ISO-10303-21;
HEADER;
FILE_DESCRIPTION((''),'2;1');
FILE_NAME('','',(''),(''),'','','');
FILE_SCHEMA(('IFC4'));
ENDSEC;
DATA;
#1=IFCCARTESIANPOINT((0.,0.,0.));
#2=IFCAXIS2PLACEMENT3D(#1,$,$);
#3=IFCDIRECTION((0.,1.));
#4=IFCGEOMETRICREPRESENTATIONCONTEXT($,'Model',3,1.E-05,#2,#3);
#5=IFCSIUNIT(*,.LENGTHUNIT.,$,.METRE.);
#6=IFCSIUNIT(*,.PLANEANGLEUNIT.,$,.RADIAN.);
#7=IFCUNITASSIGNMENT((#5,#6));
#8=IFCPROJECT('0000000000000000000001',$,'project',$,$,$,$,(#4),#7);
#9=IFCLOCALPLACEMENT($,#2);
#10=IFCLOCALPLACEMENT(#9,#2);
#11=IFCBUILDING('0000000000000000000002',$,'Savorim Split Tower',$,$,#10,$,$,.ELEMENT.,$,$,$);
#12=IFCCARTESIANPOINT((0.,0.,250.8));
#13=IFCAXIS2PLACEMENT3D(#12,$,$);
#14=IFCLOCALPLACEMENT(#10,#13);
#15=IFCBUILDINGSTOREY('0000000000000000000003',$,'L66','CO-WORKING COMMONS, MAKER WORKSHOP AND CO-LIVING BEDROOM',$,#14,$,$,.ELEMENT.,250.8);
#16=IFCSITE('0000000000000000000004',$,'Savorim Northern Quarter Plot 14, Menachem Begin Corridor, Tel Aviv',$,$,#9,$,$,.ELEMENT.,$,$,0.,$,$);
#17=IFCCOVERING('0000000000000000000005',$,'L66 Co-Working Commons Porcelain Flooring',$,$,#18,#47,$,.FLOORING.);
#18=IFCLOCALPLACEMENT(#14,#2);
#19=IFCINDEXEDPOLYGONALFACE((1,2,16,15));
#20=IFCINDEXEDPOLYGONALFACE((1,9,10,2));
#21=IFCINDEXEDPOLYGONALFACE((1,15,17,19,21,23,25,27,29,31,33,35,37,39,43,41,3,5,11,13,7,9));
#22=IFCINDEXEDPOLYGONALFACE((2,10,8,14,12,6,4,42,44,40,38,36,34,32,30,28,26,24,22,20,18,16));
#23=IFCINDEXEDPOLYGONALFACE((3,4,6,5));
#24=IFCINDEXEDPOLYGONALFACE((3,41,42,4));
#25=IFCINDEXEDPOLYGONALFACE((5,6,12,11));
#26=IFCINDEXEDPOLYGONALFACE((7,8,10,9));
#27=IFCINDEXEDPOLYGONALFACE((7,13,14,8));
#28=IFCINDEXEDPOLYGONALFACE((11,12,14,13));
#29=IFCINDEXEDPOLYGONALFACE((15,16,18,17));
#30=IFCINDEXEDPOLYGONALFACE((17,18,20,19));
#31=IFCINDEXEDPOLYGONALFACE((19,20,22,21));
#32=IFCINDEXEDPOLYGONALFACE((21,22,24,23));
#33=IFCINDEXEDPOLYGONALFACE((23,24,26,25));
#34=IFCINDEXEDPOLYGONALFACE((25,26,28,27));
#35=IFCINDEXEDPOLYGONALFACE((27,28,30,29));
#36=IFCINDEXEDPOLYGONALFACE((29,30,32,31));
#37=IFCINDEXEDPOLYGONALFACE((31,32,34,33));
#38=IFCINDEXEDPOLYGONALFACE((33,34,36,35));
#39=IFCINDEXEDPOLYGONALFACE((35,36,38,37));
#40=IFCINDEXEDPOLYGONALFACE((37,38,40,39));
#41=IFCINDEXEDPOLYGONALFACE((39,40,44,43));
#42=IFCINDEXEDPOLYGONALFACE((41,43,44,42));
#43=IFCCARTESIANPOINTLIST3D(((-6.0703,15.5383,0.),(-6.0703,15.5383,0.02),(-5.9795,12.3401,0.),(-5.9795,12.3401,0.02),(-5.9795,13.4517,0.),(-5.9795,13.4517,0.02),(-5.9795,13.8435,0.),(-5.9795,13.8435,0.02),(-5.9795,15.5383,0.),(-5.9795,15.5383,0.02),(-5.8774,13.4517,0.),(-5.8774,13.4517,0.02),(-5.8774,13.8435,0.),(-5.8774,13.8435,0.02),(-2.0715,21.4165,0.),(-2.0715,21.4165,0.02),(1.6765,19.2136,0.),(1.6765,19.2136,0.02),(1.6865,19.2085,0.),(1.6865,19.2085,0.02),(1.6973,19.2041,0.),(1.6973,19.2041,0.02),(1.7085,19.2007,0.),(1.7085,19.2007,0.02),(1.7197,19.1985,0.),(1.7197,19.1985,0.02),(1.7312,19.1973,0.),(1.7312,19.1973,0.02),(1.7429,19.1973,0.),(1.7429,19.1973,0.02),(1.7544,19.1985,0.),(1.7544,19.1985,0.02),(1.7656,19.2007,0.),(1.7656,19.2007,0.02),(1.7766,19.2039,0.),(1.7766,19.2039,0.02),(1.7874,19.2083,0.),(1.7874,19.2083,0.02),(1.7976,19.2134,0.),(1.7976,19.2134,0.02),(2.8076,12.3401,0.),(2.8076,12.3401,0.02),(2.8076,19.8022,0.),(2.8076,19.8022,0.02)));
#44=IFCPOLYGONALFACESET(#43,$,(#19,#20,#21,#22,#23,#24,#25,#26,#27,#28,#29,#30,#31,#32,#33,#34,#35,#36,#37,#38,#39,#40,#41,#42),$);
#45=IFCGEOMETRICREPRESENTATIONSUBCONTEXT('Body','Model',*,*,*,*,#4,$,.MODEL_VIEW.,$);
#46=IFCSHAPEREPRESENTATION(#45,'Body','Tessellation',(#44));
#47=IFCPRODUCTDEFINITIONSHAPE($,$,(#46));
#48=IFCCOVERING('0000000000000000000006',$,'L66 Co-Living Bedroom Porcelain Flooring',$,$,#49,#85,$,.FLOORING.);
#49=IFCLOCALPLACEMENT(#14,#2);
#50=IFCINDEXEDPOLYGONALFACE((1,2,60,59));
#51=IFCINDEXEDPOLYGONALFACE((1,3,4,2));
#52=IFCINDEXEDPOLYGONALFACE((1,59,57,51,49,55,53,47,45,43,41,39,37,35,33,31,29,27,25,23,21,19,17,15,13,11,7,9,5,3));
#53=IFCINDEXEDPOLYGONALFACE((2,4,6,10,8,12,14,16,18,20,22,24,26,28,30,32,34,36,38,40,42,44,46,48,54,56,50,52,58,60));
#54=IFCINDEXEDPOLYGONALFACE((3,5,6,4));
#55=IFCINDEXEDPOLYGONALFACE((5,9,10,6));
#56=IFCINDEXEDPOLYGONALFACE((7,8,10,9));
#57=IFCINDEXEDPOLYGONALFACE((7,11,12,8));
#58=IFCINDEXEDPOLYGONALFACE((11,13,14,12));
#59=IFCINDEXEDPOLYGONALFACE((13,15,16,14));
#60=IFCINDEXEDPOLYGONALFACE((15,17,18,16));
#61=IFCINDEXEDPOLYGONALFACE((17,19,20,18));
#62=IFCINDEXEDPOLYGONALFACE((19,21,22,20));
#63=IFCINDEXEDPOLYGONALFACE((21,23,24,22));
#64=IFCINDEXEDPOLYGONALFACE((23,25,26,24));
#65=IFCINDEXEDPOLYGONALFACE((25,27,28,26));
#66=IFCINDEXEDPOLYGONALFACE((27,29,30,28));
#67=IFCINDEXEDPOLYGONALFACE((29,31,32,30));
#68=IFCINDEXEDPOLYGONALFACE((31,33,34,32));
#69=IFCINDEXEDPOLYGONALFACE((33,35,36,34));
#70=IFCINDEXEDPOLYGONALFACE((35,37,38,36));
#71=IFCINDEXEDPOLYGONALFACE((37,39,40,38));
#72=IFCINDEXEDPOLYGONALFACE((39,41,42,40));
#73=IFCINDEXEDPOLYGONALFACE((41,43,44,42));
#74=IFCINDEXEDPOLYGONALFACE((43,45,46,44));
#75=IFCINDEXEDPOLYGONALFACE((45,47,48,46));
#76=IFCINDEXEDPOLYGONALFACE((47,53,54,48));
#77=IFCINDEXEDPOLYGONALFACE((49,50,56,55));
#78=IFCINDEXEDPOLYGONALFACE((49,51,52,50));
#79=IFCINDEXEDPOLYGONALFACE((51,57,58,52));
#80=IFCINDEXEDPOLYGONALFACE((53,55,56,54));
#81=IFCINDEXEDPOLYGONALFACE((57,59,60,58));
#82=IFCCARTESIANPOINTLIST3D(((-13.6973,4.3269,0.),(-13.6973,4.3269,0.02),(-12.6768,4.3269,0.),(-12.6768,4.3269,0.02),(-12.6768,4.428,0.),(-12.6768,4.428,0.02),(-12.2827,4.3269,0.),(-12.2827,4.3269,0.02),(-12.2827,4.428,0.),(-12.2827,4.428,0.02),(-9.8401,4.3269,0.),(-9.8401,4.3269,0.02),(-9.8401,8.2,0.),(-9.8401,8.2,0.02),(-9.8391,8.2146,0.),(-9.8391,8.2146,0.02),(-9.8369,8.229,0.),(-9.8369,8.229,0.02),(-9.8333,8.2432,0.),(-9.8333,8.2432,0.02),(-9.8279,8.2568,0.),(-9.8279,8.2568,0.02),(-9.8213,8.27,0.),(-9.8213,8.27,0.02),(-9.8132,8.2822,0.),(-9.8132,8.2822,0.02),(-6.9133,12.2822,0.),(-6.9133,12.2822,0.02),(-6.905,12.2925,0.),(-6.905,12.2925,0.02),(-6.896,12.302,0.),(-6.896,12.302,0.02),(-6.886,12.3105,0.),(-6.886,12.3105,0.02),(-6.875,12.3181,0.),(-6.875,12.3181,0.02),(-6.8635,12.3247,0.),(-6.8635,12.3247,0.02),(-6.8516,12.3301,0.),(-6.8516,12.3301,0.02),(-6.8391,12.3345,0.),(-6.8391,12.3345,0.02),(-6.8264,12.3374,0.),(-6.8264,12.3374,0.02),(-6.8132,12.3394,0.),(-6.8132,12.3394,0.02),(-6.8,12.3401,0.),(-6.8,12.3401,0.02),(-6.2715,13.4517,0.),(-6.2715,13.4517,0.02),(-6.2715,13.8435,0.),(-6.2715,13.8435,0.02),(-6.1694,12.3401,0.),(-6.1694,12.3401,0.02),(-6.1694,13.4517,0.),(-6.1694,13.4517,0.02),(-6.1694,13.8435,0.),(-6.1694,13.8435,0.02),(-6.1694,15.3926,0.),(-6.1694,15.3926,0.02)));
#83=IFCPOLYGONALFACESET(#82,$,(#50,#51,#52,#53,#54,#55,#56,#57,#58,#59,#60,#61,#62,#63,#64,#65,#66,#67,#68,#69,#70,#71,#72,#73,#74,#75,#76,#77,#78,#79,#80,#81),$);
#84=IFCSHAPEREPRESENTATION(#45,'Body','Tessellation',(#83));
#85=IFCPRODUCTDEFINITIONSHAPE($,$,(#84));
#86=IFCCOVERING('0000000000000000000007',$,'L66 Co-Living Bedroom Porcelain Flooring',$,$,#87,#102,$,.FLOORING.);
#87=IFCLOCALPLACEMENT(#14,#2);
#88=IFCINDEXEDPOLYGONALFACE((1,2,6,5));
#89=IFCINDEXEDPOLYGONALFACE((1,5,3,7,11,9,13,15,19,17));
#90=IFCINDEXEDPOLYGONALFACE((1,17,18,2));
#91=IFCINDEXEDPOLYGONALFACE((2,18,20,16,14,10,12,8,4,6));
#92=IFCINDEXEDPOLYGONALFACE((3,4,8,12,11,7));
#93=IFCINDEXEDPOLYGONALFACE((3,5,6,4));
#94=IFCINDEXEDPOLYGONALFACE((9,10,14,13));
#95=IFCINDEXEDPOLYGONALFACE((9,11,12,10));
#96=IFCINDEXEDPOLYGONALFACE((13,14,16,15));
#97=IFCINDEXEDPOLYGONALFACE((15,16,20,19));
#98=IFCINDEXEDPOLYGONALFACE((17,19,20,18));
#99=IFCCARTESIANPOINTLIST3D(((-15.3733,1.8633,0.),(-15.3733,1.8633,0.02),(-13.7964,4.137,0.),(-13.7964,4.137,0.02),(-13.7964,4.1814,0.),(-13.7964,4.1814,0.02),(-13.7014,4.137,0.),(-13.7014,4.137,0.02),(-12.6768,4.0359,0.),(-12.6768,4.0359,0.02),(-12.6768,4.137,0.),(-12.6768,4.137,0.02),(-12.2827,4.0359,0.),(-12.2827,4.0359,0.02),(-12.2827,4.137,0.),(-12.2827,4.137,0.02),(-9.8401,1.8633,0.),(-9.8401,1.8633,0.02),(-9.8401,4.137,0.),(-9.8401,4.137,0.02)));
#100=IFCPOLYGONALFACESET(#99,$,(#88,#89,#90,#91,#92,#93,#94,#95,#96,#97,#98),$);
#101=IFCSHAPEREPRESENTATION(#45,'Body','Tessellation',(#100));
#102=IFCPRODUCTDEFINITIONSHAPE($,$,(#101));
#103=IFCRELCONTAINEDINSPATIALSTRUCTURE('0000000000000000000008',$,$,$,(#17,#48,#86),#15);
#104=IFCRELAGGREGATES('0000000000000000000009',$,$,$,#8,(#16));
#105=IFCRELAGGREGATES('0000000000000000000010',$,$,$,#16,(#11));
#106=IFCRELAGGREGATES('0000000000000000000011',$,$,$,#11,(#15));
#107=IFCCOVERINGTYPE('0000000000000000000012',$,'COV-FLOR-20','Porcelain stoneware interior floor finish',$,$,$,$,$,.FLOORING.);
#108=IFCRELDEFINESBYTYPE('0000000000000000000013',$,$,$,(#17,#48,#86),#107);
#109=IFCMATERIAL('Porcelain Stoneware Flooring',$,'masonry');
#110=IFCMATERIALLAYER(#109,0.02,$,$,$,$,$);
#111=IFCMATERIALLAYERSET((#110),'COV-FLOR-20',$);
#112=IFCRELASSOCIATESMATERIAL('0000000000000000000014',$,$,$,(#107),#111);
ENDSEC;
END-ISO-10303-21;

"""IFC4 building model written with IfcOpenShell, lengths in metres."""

from ifc_helpers import new_model, si_unit, direction, frame, origin, place, context, subcontext, project, spatial, polyline, outline, extrude, material, layer, layer_set, type_object, element, save


model = new_model("IFC4")

# Units and contexts
model_context = context("Model", 3, precision=1e-05, world=origin(), true_north=direction((0.0, 1.0)))
body_context = subcontext(model_context, "Body", "Model", "MODEL_VIEW")
ifc_project = project(units=[si_unit("LENGTHUNIT", "METRE"), si_unit("PLANEANGLEUNIT", "RADIAN")], contexts=[model_context])

# Site, building, storey
site_placement = place(None, origin())
site = spatial("IfcSite", under=ifc_project, at=site_placement, Name="Savorim Northern Quarter Plot 14, Menachem Begin Corridor, Tel Aviv", CompositionType="ELEMENT", RefElevation=0.0)
building_placement = place(site_placement, origin())
building = spatial("IfcBuilding", under=site, at=building_placement, Name="Savorim Split Tower", CompositionType="ELEMENT")
storey_placement = place(building_placement, frame((0.0, 0.0, 250.8)))
storey = spatial("IfcBuildingStorey", under=building, at=storey_placement, Name="L66", Description="CO-WORKING COMMONS, MAKER WORKSHOP AND CO-LIVING BEDROOM", CompositionType="ELEMENT", Elevation=250.8)

# Coverings
ifc_material_1 = material(Name="Porcelain Stoneware Flooring", Category="masonry")
ifc_layer_1 = layer(ifc_material_1, 0.02)
ifc_layer_set_1 = layer_set([ifc_layer_1], Name="COV-FLOR-20")
covering_type_1 = type_object("IfcCoveringType", Name="COV-FLOR-20", Description="Porcelain stoneware interior floor finish", PredefinedType="FLOORING", material=ifc_layer_set_1)
covering_1_placement = place(storey_placement, origin())
element("IfcCovering", 1, at=covering_1_placement, inside=storey, type_object=covering_type_1, Name="L66 Co-Working Commons Porcelain Flooring", PredefinedType="FLOORING", context=body_context, shape_type="SweptSolid", body=[
    extrude(outline(polyline([(1.6973, 19.2041), (1.6865, 19.2085), (1.6765, 19.2136), (-2.0715, 21.4165), (-6.0703, 15.5383), (-5.9795, 15.5383), (-5.9795, 13.8435), (-5.8774, 13.8435), (-5.8774, 13.4517), (-5.9795, 13.4517), (-5.9795, 12.3401), (2.8076, 12.3401), (2.8076, 19.8022), (1.7976, 19.2134), (1.7874, 19.2083), (1.7766, 19.2039), (1.7656, 19.2007), (1.7544, 19.1985), (1.7429, 19.1973), (1.7312, 19.1973), (1.7197, 19.1985), (1.7085, 19.2007), (1.6973, 19.2041)])), origin(), (0.0, 0.0, 1.0), 0.02),
])
covering_2_placement = place(storey_placement, origin())
element("IfcCovering", 2, at=covering_2_placement, inside=storey, type_object=covering_type_1, Name="L66 Co-Living Bedroom Porcelain Flooring", PredefinedType="FLOORING", context=body_context, shape_type="SweptSolid", body=[
    extrude(outline(polyline([(-6.8132, 12.3394), (-6.8, 12.3401), (-6.1694, 12.3401), (-6.1694, 13.4517), (-6.2715, 13.4517), (-6.2715, 13.8435), (-6.1694, 13.8435), (-6.1694, 15.3926), (-13.6973, 4.3269), (-12.6768, 4.3269), (-12.6768, 4.428), (-12.2827, 4.428), (-12.2827, 4.3269), (-9.8401, 4.3269), (-9.8401, 8.2), (-9.8391, 8.2146), (-9.8369, 8.229), (-9.8333, 8.2432), (-9.8279, 8.2568), (-9.8213, 8.27), (-9.8132, 8.2822), (-6.9133, 12.2822), (-6.905, 12.2925), (-6.896, 12.302), (-6.886, 12.3105), (-6.875, 12.3181), (-6.8635, 12.3247), (-6.8516, 12.3301), (-6.8391, 12.3345), (-6.8264, 12.3374), (-6.8132, 12.3394)])), origin(), (0.0, 0.0, 1.0), 0.02),
])
covering_3_placement = place(storey_placement, origin())
element("IfcCovering", 3, at=covering_3_placement, inside=storey, type_object=covering_type_1, Name="L66 Co-Living Bedroom Porcelain Flooring", PredefinedType="FLOORING", context=body_context, shape_type="SweptSolid", body=[
    extrude(outline(polyline([(-12.6768, 4.137), (-13.7014, 4.137), (-13.7964, 4.137), (-13.7964, 4.1814), (-15.3733, 1.8633), (-9.8401, 1.8633), (-9.8401, 4.137), (-12.2827, 4.137), (-12.2827, 4.0359), (-12.6768, 4.0359), (-12.6768, 4.137)])), origin(), (0.0, 0.0, 1.0), 0.02),
])

save(model, "model.ifc")
